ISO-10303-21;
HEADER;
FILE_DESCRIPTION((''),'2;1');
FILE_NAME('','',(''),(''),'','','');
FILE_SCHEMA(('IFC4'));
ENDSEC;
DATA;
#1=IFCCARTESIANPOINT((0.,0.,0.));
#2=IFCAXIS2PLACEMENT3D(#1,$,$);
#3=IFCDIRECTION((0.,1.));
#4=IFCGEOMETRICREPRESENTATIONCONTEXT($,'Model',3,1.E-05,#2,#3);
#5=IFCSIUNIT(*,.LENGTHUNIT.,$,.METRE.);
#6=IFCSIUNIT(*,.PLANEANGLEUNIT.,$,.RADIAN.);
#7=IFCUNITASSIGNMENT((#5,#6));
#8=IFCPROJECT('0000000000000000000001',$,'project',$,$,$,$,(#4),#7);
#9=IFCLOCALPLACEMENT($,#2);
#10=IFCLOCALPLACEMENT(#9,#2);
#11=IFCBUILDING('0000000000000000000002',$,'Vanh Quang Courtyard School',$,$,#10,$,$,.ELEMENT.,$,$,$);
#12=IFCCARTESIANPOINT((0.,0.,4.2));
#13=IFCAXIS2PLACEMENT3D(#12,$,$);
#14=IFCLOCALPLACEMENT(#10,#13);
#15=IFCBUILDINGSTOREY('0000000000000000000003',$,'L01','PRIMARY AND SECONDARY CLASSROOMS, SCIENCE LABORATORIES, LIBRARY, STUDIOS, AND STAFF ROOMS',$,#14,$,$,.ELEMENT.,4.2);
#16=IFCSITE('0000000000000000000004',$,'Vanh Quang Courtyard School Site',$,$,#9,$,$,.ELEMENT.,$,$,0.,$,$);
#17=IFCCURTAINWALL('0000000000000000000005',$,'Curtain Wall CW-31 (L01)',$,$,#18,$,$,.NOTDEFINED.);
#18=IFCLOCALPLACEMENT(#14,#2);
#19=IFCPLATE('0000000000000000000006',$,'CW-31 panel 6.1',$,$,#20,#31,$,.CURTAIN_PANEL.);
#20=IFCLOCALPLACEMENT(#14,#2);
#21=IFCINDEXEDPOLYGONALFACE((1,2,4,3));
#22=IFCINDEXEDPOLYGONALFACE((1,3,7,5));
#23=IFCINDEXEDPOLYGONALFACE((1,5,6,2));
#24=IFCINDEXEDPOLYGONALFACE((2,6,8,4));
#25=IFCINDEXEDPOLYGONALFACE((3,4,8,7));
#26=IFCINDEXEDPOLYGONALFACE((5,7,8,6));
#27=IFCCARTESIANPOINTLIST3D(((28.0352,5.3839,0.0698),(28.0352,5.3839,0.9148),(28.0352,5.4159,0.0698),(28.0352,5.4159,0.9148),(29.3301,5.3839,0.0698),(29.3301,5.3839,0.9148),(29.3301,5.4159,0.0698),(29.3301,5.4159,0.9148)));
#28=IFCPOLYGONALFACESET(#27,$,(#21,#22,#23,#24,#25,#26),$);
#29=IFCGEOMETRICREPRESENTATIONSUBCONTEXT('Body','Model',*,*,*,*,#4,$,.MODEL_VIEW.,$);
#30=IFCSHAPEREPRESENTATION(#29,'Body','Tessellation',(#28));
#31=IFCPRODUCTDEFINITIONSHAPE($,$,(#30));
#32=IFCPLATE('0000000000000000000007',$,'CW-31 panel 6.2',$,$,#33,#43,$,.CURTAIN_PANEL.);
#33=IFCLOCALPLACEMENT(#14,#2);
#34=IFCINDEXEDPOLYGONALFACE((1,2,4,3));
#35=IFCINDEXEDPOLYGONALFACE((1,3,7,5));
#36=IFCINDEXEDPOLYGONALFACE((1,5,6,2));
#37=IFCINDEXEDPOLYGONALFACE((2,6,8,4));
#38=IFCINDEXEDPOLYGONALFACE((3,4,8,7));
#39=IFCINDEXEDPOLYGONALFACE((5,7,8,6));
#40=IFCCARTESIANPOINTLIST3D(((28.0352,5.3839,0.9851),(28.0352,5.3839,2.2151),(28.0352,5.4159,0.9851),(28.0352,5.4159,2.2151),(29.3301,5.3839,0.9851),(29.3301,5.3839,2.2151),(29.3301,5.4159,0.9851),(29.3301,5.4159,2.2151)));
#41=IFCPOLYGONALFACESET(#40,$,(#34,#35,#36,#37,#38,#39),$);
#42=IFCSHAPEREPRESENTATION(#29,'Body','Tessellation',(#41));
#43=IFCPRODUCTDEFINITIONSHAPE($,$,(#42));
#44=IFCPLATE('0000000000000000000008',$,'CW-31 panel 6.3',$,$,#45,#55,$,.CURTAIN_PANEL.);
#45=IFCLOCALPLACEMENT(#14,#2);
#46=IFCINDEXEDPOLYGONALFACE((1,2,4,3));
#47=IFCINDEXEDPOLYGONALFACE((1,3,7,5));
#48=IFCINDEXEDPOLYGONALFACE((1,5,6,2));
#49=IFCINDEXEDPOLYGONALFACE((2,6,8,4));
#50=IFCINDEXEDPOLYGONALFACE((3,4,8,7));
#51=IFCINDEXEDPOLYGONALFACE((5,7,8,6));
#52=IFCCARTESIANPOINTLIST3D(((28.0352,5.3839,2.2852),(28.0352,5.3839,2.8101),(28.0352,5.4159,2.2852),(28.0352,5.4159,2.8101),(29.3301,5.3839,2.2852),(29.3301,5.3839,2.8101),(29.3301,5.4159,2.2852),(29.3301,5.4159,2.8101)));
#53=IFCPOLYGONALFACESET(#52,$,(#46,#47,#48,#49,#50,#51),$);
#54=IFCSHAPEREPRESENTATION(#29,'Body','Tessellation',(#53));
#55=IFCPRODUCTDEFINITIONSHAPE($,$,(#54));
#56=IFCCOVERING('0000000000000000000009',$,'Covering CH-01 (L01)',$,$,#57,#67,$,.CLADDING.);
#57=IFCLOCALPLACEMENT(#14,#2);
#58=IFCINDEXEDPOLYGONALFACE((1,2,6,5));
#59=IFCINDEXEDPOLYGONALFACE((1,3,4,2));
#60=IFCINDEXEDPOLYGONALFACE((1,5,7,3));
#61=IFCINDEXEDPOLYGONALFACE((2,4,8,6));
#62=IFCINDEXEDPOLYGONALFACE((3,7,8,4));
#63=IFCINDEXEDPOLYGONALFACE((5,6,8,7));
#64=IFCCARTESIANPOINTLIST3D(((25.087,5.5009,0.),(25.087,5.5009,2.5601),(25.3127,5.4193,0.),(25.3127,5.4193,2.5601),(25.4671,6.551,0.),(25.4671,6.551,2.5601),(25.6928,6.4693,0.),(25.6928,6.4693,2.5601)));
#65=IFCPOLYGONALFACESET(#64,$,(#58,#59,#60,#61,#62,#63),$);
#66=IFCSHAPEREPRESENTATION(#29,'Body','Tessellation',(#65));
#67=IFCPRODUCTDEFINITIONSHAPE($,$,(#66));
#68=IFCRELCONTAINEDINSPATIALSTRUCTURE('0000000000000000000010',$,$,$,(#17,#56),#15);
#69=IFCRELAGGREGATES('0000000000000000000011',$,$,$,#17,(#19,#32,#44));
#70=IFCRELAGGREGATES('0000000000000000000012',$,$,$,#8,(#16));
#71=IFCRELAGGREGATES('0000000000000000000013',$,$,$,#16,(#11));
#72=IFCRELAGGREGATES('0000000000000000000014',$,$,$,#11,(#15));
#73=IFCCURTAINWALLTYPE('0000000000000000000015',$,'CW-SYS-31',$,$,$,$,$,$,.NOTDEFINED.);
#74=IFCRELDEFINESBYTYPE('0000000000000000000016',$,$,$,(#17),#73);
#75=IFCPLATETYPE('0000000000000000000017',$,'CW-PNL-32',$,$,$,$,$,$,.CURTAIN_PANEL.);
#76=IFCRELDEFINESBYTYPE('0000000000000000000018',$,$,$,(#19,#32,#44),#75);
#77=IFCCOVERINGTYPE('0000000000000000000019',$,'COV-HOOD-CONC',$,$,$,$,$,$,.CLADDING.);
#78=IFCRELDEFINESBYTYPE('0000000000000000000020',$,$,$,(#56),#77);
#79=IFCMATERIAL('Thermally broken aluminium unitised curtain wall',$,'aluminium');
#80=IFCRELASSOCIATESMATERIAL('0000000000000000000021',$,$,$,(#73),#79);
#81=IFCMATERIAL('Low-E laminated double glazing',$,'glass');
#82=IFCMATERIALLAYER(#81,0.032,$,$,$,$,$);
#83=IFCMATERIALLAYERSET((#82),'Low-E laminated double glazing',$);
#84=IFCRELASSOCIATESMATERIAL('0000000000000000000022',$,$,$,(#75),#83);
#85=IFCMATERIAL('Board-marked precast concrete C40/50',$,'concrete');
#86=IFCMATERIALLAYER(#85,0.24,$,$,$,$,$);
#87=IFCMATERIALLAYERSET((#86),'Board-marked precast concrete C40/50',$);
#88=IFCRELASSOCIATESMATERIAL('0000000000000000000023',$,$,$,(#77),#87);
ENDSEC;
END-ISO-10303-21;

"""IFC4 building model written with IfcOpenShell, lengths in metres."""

from ifc_helpers import new_model, si_unit, direction, frame, origin, origin_2d, place, context, subcontext, project, spatial, rectangle, extrude, material, layer, layer_set, type_object, element, aggregate, save


model = new_model("IFC4")

# Units and contexts
model_context = context("Model", 3, precision=1e-05, world=origin(), true_north=direction((0.0, 1.0)))
body_context = subcontext(model_context, "Body", "Model", "MODEL_VIEW")
ifc_project = project(units=[si_unit("LENGTHUNIT", "METRE"), si_unit("PLANEANGLEUNIT", "RADIAN")], contexts=[model_context])

# Site, building, storey
site_placement = place(None, origin())
site = spatial("IfcSite", under=ifc_project, at=site_placement, Name="Vanh Quang Courtyard School Site", CompositionType="ELEMENT", RefElevation=0.0)
building_placement = place(site_placement, origin())
building = spatial("IfcBuilding", under=site, at=building_placement, Name="Vanh Quang Courtyard School", CompositionType="ELEMENT")
storey_placement = place(building_placement, frame((0.0, 0.0, 4.2)))
storey = spatial("IfcBuildingStorey", under=building, at=storey_placement, Name="L01", Description="PRIMARY AND SECONDARY CLASSROOMS, SCIENCE LABORATORIES, LIBRARY, STUDIOS, AND STAFF ROOMS", CompositionType="ELEMENT", Elevation=4.2)

# Curtain wall, plates
ifc_material_1 = material(Name="Thermally broken aluminium unitised curtain wall", Category="aluminium")
curtain_wall_type = type_object("IfcCurtainWallType", Name="CW-SYS-31", PredefinedType="NOTDEFINED", material=ifc_material_1)
curtain_wall_placement = place(storey_placement, origin())
curtain_wall = element("IfcCurtainWall", 1, at=curtain_wall_placement, inside=storey, type_object=curtain_wall_type, Name="Curtain Wall CW-31 (L01)", PredefinedType="NOTDEFINED")
ifc_material_2 = material(Name="Low-E laminated double glazing", Category="glass")
ifc_layer_1 = layer(ifc_material_2, 0.032)
ifc_layer_set_1 = layer_set([ifc_layer_1], Name="Low-E laminated double glazing")
plate_type = type_object("IfcPlateType", Name="CW-PNL-32", PredefinedType="CURTAIN_PANEL", material=ifc_layer_set_1)
plate_1_placement = place(storey_placement, frame((28.6826, 5.3999, 0.0698), z_axis=(0.0, 0.0, 1.0), x_axis=(1.0, 0.0, 0.0)))
plate_1 = element("IfcPlate", 2, at=plate_1_placement, type_object=plate_type, Name="CW-31 panel 6.1", PredefinedType="CURTAIN_PANEL", context=body_context, shape_type="SweptSolid", body=[
    extrude(rectangle(XDim=1.2949, YDim=0.032, at=origin_2d()), origin(), (0.0, 0.0, 1.0), 0.845),
])
plate_2_placement = place(storey_placement, frame((28.6826, 5.3999, 0.9851), z_axis=(0.0, 0.0, 1.0), x_axis=(1.0, 0.0, 0.0)))
plate_2 = element("IfcPlate", 3, at=plate_2_placement, type_object=plate_type, Name="CW-31 panel 6.2", PredefinedType="CURTAIN_PANEL", context=body_context, shape_type="SweptSolid", body=[
    extrude(rectangle(XDim=1.2949, YDim=0.032, at=origin_2d()), origin(), (0.0, 0.0, 1.0), 1.23),
])
plate_3_placement = place(storey_placement, frame((28.6826, 5.3999, 2.2852), z_axis=(0.0, 0.0, 1.0), x_axis=(1.0, 0.0, 0.0)))
plate_3 = element("IfcPlate", 4, at=plate_3_placement, type_object=plate_type, Name="CW-31 panel 6.3", PredefinedType="CURTAIN_PANEL", context=body_context, shape_type="SweptSolid", body=[
    extrude(rectangle(XDim=1.2949, YDim=0.032, at=origin_2d()), origin(), (0.0, 0.0, 1.0), 0.5249),
])
aggregate(curtain_wall, [plate_1, plate_2, plate_3])

# Covering
ifc_material_3 = material(Name="Board-marked precast concrete C40/50", Category="concrete")
ifc_layer_2 = layer(ifc_material_3, 0.24)
ifc_layer_set_2 = layer_set([ifc_layer_2], Name="Board-marked precast concrete C40/50")
covering_type = type_object("IfcCoveringType", Name="COV-HOOD-CONC", PredefinedType="CLADDING", material=ifc_layer_set_2)
covering_placement = place(storey_placement, frame((25.3899, 5.9851, 0.0), z_axis=(0.0, 0.0, 1.0), x_axis=(0.34038, 0.940288, 0.0)))
element("IfcCovering", 5, at=covering_placement, inside=storey, type_object=covering_type, Name="Covering CH-01 (L01)", PredefinedType="CLADDING", context=body_context, shape_type="SweptSolid", body=[
    extrude(rectangle(XDim=1.1167, YDim=0.24, at=origin_2d()), origin(), (0.0, 0.0, 1.0), 2.5601),
])

save(model, "model.ifc")
